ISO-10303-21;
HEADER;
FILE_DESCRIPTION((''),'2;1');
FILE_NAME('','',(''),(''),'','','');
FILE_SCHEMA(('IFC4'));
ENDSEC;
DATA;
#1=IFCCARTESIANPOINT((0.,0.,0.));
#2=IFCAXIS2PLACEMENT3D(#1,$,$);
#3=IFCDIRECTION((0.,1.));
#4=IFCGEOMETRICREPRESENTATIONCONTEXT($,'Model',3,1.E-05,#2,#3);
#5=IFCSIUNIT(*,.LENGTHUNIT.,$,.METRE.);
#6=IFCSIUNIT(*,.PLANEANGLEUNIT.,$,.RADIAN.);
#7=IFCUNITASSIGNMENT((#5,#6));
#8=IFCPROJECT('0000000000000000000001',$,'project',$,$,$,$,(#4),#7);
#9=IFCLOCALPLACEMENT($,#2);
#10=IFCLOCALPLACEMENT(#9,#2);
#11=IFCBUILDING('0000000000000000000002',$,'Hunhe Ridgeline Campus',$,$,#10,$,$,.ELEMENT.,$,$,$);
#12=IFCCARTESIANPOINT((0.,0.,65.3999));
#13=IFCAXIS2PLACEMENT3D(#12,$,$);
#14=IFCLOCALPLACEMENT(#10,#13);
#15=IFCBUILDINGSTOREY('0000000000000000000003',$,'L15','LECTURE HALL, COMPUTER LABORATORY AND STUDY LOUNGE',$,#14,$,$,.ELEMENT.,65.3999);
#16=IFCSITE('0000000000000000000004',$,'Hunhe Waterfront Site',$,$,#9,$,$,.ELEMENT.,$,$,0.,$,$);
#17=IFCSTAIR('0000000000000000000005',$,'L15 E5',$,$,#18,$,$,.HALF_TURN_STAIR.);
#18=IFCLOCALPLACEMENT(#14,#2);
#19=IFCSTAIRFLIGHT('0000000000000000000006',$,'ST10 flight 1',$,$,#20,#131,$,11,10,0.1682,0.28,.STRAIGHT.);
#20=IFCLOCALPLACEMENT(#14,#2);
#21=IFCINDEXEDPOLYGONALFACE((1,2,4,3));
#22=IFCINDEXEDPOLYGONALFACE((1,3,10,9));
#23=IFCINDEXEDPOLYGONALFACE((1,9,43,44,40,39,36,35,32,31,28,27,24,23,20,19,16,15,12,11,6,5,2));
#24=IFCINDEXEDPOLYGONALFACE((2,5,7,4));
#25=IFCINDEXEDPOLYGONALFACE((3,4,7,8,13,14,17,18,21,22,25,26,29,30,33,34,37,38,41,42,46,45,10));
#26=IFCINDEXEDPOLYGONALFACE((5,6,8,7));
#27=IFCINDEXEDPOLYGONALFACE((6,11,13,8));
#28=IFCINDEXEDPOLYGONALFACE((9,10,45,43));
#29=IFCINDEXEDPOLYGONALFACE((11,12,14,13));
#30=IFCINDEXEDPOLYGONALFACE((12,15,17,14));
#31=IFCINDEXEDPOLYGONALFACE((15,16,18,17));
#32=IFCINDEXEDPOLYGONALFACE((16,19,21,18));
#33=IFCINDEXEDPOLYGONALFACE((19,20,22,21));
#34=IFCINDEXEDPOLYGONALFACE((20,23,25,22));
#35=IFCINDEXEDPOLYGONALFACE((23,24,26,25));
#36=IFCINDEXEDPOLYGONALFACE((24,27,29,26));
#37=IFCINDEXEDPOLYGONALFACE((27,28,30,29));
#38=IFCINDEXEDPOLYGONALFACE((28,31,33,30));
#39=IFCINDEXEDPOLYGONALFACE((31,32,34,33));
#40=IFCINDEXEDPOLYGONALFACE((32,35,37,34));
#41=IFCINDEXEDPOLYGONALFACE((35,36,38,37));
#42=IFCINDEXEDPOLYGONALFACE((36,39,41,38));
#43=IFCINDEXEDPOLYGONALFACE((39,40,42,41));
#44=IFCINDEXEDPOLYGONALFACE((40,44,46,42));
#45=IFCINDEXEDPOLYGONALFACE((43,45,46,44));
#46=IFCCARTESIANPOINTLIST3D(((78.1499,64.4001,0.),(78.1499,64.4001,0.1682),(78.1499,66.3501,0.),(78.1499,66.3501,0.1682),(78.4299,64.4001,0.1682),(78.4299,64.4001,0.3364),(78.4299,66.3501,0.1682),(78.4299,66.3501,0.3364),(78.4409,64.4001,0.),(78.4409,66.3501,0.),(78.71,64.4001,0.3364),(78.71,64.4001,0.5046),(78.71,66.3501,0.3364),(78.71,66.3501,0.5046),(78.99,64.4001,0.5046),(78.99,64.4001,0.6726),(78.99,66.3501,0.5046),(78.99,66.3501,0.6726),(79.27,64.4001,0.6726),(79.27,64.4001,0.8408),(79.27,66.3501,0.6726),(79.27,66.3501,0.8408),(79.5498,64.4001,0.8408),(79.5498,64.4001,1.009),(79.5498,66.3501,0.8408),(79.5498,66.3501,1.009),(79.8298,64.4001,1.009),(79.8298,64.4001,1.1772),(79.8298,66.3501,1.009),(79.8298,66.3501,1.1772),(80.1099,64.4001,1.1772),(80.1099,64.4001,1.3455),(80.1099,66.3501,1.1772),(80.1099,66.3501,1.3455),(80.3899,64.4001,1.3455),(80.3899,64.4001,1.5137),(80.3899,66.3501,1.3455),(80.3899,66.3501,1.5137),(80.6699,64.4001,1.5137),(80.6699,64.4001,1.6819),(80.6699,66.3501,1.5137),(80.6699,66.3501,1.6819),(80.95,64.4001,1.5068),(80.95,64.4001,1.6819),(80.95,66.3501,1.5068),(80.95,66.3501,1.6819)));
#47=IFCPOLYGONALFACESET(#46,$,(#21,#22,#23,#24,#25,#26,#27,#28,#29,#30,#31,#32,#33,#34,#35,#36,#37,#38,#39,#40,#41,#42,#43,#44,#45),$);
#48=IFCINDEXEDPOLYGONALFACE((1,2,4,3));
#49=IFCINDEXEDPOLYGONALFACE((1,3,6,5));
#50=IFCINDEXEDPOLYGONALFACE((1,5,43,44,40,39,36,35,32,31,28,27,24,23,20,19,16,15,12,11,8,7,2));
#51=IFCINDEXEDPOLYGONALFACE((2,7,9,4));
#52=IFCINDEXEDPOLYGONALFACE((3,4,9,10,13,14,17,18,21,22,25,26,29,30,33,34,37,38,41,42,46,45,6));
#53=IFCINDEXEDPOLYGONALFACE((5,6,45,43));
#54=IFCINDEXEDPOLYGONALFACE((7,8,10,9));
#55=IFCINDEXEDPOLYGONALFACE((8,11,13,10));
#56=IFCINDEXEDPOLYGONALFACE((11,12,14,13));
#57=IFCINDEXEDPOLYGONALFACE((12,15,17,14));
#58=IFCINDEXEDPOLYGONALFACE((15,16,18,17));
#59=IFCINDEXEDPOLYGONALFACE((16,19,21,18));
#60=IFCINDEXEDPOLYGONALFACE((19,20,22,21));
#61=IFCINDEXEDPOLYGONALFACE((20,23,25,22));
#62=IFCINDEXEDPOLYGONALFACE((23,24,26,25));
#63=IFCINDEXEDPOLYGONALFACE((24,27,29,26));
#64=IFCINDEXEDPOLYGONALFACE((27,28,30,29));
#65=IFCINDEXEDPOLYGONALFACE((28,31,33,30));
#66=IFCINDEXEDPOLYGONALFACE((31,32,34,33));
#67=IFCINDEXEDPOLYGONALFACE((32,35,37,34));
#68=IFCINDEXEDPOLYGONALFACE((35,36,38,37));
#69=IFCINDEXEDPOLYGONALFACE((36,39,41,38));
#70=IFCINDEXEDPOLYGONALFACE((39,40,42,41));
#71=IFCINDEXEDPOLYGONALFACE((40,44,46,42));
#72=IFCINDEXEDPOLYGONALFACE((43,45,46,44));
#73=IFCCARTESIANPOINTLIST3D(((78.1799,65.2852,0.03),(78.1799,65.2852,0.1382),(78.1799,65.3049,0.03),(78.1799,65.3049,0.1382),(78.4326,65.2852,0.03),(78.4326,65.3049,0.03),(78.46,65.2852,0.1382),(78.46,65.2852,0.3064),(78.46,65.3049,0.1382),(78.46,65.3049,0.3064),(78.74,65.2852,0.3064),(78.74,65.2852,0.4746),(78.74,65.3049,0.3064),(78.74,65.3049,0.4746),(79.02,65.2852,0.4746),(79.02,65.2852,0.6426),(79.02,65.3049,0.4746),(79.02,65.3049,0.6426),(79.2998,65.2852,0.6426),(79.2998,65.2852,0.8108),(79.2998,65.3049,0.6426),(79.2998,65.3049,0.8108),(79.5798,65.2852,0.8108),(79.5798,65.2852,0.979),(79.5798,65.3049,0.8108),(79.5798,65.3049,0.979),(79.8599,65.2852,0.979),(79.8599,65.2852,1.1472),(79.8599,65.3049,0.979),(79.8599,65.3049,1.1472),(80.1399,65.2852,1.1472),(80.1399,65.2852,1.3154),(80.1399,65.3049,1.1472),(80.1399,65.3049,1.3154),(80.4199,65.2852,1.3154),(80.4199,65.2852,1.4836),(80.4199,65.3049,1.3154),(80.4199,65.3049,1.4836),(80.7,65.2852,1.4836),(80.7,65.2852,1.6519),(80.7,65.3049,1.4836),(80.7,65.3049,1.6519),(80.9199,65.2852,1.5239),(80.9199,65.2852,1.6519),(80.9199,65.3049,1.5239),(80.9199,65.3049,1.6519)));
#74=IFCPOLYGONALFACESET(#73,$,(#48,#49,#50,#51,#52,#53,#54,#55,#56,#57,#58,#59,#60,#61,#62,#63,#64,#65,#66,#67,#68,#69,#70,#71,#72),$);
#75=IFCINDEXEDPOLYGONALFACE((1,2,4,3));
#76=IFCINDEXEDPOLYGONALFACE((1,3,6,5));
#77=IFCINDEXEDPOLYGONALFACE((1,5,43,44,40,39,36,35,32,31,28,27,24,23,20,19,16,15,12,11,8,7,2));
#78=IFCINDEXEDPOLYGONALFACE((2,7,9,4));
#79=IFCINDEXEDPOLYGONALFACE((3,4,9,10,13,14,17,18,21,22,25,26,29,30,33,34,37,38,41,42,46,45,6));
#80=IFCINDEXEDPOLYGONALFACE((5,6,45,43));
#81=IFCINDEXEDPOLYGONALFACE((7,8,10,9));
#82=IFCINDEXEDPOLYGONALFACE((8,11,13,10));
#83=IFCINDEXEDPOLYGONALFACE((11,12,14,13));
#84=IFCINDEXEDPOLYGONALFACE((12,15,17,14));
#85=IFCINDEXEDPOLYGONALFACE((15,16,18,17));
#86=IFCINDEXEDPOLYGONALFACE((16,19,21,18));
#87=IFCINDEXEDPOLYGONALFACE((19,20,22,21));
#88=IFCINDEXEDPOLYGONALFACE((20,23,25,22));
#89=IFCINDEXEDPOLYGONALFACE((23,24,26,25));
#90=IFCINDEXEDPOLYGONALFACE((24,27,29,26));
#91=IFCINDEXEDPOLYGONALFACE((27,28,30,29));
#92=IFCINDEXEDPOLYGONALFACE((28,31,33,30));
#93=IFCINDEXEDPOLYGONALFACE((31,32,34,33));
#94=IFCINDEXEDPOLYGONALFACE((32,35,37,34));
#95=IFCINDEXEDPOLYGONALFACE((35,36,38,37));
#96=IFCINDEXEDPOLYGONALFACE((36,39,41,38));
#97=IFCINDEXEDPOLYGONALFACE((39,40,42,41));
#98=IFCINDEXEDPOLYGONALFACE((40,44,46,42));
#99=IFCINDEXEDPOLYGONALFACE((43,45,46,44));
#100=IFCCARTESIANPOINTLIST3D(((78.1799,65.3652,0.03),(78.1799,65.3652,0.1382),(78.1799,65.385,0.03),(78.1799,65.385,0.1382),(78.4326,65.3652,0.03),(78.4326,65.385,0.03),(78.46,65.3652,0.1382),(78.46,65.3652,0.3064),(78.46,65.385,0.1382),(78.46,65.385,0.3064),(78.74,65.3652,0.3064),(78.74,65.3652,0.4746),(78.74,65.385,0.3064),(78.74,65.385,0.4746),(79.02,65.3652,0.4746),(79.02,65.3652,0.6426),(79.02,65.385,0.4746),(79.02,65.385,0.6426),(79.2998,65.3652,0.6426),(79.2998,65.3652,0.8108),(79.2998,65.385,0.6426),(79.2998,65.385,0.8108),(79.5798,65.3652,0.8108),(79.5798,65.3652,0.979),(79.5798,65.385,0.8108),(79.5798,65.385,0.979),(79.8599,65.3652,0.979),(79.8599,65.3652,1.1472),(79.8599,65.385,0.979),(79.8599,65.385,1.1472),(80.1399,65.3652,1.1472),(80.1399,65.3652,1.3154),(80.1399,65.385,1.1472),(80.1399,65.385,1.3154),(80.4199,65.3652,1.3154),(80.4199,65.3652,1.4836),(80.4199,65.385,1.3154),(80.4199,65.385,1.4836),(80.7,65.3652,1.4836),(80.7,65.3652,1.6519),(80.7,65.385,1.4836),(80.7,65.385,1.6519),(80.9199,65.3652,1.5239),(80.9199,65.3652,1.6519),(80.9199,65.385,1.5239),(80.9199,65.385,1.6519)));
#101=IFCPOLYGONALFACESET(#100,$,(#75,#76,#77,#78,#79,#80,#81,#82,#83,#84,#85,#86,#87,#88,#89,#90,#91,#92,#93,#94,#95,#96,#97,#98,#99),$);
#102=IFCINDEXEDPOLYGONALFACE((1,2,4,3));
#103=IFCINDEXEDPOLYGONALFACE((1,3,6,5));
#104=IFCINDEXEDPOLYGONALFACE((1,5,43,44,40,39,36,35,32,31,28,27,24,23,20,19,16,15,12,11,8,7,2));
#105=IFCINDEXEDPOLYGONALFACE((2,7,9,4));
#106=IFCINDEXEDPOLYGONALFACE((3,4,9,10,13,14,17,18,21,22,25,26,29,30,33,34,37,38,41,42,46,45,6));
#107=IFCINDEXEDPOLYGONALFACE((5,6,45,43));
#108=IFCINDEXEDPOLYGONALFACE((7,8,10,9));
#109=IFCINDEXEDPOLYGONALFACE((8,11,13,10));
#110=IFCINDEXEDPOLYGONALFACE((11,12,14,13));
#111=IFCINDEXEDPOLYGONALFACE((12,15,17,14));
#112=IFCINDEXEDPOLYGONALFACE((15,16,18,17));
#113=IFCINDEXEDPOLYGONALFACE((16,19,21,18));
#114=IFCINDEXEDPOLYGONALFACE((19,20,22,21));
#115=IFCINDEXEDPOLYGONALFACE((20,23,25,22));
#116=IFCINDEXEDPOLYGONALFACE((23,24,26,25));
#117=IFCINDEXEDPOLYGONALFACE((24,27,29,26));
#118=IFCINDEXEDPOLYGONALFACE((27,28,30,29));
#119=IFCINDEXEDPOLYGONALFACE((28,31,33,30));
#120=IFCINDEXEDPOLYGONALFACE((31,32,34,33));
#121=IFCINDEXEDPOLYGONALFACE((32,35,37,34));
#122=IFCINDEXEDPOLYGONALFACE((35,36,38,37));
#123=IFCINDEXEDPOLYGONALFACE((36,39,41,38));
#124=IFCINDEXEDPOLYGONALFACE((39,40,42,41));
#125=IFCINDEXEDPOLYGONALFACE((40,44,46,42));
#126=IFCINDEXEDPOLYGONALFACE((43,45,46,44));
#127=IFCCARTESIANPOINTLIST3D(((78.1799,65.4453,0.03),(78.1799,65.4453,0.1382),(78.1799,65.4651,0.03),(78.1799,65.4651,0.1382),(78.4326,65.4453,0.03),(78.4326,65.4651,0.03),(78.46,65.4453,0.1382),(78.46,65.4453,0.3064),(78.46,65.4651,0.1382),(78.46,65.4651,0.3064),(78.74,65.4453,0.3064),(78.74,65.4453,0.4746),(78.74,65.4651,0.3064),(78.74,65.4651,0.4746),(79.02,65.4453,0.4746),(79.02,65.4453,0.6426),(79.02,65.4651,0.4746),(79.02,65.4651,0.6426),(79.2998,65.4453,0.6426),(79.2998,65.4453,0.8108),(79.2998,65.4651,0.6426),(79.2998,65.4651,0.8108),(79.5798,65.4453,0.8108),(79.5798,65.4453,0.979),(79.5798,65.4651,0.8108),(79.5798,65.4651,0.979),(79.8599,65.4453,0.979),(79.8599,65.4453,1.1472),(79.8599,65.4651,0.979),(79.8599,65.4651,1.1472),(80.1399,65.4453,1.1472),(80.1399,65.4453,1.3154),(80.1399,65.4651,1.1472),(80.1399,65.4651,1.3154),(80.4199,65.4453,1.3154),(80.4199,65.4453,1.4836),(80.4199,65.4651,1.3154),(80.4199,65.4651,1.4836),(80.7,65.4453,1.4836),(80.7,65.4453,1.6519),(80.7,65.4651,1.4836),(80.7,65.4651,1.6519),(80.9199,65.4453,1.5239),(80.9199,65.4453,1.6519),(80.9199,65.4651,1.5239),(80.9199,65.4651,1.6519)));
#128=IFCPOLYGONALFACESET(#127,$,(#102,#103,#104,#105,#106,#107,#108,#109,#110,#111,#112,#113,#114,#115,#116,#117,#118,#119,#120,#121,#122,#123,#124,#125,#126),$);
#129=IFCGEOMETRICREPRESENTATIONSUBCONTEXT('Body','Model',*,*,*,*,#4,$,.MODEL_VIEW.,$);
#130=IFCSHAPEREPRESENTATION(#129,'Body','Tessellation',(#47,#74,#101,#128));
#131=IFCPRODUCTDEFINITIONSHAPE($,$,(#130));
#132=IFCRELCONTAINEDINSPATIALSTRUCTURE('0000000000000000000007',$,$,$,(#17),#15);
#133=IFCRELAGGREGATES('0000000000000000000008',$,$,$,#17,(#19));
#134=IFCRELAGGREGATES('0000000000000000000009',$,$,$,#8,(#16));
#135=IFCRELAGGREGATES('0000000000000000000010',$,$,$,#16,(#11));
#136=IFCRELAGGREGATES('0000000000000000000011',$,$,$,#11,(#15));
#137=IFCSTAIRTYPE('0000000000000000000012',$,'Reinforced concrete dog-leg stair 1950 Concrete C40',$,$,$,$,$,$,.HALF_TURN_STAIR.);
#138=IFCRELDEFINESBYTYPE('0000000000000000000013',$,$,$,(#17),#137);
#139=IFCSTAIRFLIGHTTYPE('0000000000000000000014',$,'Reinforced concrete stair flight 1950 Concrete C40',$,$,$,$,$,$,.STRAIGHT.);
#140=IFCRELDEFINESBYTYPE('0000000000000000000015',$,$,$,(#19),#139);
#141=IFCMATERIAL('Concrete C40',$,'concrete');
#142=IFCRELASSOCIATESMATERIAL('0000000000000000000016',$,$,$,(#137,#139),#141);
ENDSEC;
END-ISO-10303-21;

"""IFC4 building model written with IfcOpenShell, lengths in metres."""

from ifc_helpers import new_model, si_unit, direction, frame, origin, place, context, subcontext, project, spatial, polyline, outline, extrude, material, type_object, element, aggregate, save


model = new_model("IFC4")

# Units and contexts
model_context = context("Model", 3, precision=1e-05, world=origin(), true_north=direction((0.0, 1.0)))
body_context = subcontext(model_context, "Body", "Model", "MODEL_VIEW")
ifc_project = project(units=[si_unit("LENGTHUNIT", "METRE"), si_unit("PLANEANGLEUNIT", "RADIAN")], contexts=[model_context])

# Site, building, storey
site_placement = place(None, origin())
site = spatial("IfcSite", under=ifc_project, at=site_placement, Name="Hunhe Waterfront Site", CompositionType="ELEMENT", RefElevation=0.0)
building_placement = place(site_placement, origin())
building = spatial("IfcBuilding", under=site, at=building_placement, Name="Hunhe Ridgeline Campus", CompositionType="ELEMENT")
storey_placement = place(building_placement, frame((0.0, 0.0, 65.3999)))
storey = spatial("IfcBuildingStorey", under=building, at=storey_placement, Name="L15", Description="LECTURE HALL, COMPUTER LABORATORY AND STUDY LOUNGE", CompositionType="ELEMENT", Elevation=65.3999)

# Stair, stair flight
ifc_material_1 = material(Name="Concrete C40", Category="concrete")
stair_type = type_object("IfcStairType", Name="Reinforced concrete dog-leg stair 1950 Concrete C40", PredefinedType="HALF_TURN_STAIR", material=ifc_material_1)
stair_placement = place(storey_placement, origin())
stair = element("IfcStair", 1, at=stair_placement, inside=storey, type_object=stair_type, Name="L15 E5", PredefinedType="HALF_TURN_STAIR")
stair_flight_type = type_object("IfcStairFlightType", Name="Reinforced concrete stair flight 1950 Concrete C40", PredefinedType="STRAIGHT", material=ifc_material_1)
stair_flight_1_placement = place(storey_placement, frame((78.1499, 65.375, 0.0), z_axis=(0.0, 0.0, 1.0), x_axis=(1.0, 0.0, 0.0)))
stair_flight_1 = element("IfcStairFlight", 2, at=stair_flight_1_placement, type_object=stair_flight_type, Name="ST10 flight 1", NumberOfRisers=11, NumberOfTreads=10, PredefinedType="STRAIGHT", RiserHeight=0.1682, TreadLength=0.28, context=body_context, shape_type="SweptSolid", body=[
    extrude(outline(polyline([(0.0, 0.0), (0.0, 0.1682), (0.28, 0.1682), (0.28, 0.3364), (0.5601, 0.3364), (0.5601, 0.5046), (0.8401, 0.5046), (0.8401, 0.6726), (1.1201, 0.6726), (1.1201, 0.8408), (1.3999, 0.8408), (1.3999, 1.009), (1.6799, 1.009), (1.6799, 1.1772), (1.96, 1.1772), (1.96, 1.3455), (2.24, 1.3455), (2.24, 1.5137), (2.52, 1.5137), (2.52, 1.6819), (2.8, 1.6819), (2.8, 1.8501), (2.8, 1.5068), (0.291, 0.0), (0.0, 0.0)])), frame((0.0, 0.9751, 0.0), z_axis=(0.0, -1.0, 0.0), x_axis=(1.0, 0.0, 0.0)), (0.0, 0.0, 1.0), 1.95),
    extrude(outline(polyline([(0.03, 0.03), (0.03, 0.1382), (0.3101, 0.1382), (0.3101, 0.3064), (0.5901, 0.3064), (0.5901, 0.4746), (0.8701, 0.4746), (0.8701, 0.6426), (1.1499, 0.6426), (1.1499, 0.8108), (1.4299, 0.8108), (1.4299, 0.979), (1.71, 0.979), (1.71, 1.1472), (1.99, 1.1472), (1.99, 1.3154), (2.27, 1.3154), (2.27, 1.4836), (2.55, 1.4836), (2.55, 1.6519), (2.77, 1.6519), (2.77, 1.5239), (0.2827, 0.03), (0.03, 0.03)])), frame((0.0, -0.0701, 0.0), z_axis=(0.0, -1.0, 0.0), x_axis=(1.0, 0.0, 0.0)), (0.0, 0.0, 1.0), 0.0198),
    extrude(outline(polyline([(0.03, 0.03), (0.03, 0.1382), (0.3101, 0.1382), (0.3101, 0.3064), (0.5901, 0.3064), (0.5901, 0.4746), (0.8701, 0.4746), (0.8701, 0.6426), (1.1499, 0.6426), (1.1499, 0.8108), (1.4299, 0.8108), (1.4299, 0.979), (1.71, 0.979), (1.71, 1.1472), (1.99, 1.1472), (1.99, 1.3154), (2.27, 1.3154), (2.27, 1.4836), (2.55, 1.4836), (2.55, 1.6519), (2.77, 1.6519), (2.77, 1.5239), (0.2827, 0.03), (0.03, 0.03)])), frame((0.0, 0.01, 0.0), z_axis=(0.0, -1.0, 0.0), x_axis=(1.0, 0.0, 0.0)), (0.0, 0.0, 1.0), 0.0198),
    extrude(outline(polyline([(0.03, 0.03), (0.03, 0.1382), (0.3101, 0.1382), (0.3101, 0.3064), (0.5901, 0.3064), (0.5901, 0.4746), (0.8701, 0.4746), (0.8701, 0.6426), (1.1499, 0.6426), (1.1499, 0.8108), (1.4299, 0.8108), (1.4299, 0.979), (1.71, 0.979), (1.71, 1.1472), (1.99, 1.1472), (1.99, 1.3154), (2.27, 1.3154), (2.27, 1.4836), (2.55, 1.4836), (2.55, 1.6519), (2.77, 1.6519), (2.77, 1.5239), (0.2827, 0.03), (0.03, 0.03)])), frame((0.0, 0.0901, 0.0), z_axis=(0.0, -1.0, 0.0), x_axis=(1.0, 0.0, 0.0)), (0.0, 0.0, 1.0), 0.0198),
])
aggregate(stair, [stair_flight_1])

save(model, "model.ifc")
